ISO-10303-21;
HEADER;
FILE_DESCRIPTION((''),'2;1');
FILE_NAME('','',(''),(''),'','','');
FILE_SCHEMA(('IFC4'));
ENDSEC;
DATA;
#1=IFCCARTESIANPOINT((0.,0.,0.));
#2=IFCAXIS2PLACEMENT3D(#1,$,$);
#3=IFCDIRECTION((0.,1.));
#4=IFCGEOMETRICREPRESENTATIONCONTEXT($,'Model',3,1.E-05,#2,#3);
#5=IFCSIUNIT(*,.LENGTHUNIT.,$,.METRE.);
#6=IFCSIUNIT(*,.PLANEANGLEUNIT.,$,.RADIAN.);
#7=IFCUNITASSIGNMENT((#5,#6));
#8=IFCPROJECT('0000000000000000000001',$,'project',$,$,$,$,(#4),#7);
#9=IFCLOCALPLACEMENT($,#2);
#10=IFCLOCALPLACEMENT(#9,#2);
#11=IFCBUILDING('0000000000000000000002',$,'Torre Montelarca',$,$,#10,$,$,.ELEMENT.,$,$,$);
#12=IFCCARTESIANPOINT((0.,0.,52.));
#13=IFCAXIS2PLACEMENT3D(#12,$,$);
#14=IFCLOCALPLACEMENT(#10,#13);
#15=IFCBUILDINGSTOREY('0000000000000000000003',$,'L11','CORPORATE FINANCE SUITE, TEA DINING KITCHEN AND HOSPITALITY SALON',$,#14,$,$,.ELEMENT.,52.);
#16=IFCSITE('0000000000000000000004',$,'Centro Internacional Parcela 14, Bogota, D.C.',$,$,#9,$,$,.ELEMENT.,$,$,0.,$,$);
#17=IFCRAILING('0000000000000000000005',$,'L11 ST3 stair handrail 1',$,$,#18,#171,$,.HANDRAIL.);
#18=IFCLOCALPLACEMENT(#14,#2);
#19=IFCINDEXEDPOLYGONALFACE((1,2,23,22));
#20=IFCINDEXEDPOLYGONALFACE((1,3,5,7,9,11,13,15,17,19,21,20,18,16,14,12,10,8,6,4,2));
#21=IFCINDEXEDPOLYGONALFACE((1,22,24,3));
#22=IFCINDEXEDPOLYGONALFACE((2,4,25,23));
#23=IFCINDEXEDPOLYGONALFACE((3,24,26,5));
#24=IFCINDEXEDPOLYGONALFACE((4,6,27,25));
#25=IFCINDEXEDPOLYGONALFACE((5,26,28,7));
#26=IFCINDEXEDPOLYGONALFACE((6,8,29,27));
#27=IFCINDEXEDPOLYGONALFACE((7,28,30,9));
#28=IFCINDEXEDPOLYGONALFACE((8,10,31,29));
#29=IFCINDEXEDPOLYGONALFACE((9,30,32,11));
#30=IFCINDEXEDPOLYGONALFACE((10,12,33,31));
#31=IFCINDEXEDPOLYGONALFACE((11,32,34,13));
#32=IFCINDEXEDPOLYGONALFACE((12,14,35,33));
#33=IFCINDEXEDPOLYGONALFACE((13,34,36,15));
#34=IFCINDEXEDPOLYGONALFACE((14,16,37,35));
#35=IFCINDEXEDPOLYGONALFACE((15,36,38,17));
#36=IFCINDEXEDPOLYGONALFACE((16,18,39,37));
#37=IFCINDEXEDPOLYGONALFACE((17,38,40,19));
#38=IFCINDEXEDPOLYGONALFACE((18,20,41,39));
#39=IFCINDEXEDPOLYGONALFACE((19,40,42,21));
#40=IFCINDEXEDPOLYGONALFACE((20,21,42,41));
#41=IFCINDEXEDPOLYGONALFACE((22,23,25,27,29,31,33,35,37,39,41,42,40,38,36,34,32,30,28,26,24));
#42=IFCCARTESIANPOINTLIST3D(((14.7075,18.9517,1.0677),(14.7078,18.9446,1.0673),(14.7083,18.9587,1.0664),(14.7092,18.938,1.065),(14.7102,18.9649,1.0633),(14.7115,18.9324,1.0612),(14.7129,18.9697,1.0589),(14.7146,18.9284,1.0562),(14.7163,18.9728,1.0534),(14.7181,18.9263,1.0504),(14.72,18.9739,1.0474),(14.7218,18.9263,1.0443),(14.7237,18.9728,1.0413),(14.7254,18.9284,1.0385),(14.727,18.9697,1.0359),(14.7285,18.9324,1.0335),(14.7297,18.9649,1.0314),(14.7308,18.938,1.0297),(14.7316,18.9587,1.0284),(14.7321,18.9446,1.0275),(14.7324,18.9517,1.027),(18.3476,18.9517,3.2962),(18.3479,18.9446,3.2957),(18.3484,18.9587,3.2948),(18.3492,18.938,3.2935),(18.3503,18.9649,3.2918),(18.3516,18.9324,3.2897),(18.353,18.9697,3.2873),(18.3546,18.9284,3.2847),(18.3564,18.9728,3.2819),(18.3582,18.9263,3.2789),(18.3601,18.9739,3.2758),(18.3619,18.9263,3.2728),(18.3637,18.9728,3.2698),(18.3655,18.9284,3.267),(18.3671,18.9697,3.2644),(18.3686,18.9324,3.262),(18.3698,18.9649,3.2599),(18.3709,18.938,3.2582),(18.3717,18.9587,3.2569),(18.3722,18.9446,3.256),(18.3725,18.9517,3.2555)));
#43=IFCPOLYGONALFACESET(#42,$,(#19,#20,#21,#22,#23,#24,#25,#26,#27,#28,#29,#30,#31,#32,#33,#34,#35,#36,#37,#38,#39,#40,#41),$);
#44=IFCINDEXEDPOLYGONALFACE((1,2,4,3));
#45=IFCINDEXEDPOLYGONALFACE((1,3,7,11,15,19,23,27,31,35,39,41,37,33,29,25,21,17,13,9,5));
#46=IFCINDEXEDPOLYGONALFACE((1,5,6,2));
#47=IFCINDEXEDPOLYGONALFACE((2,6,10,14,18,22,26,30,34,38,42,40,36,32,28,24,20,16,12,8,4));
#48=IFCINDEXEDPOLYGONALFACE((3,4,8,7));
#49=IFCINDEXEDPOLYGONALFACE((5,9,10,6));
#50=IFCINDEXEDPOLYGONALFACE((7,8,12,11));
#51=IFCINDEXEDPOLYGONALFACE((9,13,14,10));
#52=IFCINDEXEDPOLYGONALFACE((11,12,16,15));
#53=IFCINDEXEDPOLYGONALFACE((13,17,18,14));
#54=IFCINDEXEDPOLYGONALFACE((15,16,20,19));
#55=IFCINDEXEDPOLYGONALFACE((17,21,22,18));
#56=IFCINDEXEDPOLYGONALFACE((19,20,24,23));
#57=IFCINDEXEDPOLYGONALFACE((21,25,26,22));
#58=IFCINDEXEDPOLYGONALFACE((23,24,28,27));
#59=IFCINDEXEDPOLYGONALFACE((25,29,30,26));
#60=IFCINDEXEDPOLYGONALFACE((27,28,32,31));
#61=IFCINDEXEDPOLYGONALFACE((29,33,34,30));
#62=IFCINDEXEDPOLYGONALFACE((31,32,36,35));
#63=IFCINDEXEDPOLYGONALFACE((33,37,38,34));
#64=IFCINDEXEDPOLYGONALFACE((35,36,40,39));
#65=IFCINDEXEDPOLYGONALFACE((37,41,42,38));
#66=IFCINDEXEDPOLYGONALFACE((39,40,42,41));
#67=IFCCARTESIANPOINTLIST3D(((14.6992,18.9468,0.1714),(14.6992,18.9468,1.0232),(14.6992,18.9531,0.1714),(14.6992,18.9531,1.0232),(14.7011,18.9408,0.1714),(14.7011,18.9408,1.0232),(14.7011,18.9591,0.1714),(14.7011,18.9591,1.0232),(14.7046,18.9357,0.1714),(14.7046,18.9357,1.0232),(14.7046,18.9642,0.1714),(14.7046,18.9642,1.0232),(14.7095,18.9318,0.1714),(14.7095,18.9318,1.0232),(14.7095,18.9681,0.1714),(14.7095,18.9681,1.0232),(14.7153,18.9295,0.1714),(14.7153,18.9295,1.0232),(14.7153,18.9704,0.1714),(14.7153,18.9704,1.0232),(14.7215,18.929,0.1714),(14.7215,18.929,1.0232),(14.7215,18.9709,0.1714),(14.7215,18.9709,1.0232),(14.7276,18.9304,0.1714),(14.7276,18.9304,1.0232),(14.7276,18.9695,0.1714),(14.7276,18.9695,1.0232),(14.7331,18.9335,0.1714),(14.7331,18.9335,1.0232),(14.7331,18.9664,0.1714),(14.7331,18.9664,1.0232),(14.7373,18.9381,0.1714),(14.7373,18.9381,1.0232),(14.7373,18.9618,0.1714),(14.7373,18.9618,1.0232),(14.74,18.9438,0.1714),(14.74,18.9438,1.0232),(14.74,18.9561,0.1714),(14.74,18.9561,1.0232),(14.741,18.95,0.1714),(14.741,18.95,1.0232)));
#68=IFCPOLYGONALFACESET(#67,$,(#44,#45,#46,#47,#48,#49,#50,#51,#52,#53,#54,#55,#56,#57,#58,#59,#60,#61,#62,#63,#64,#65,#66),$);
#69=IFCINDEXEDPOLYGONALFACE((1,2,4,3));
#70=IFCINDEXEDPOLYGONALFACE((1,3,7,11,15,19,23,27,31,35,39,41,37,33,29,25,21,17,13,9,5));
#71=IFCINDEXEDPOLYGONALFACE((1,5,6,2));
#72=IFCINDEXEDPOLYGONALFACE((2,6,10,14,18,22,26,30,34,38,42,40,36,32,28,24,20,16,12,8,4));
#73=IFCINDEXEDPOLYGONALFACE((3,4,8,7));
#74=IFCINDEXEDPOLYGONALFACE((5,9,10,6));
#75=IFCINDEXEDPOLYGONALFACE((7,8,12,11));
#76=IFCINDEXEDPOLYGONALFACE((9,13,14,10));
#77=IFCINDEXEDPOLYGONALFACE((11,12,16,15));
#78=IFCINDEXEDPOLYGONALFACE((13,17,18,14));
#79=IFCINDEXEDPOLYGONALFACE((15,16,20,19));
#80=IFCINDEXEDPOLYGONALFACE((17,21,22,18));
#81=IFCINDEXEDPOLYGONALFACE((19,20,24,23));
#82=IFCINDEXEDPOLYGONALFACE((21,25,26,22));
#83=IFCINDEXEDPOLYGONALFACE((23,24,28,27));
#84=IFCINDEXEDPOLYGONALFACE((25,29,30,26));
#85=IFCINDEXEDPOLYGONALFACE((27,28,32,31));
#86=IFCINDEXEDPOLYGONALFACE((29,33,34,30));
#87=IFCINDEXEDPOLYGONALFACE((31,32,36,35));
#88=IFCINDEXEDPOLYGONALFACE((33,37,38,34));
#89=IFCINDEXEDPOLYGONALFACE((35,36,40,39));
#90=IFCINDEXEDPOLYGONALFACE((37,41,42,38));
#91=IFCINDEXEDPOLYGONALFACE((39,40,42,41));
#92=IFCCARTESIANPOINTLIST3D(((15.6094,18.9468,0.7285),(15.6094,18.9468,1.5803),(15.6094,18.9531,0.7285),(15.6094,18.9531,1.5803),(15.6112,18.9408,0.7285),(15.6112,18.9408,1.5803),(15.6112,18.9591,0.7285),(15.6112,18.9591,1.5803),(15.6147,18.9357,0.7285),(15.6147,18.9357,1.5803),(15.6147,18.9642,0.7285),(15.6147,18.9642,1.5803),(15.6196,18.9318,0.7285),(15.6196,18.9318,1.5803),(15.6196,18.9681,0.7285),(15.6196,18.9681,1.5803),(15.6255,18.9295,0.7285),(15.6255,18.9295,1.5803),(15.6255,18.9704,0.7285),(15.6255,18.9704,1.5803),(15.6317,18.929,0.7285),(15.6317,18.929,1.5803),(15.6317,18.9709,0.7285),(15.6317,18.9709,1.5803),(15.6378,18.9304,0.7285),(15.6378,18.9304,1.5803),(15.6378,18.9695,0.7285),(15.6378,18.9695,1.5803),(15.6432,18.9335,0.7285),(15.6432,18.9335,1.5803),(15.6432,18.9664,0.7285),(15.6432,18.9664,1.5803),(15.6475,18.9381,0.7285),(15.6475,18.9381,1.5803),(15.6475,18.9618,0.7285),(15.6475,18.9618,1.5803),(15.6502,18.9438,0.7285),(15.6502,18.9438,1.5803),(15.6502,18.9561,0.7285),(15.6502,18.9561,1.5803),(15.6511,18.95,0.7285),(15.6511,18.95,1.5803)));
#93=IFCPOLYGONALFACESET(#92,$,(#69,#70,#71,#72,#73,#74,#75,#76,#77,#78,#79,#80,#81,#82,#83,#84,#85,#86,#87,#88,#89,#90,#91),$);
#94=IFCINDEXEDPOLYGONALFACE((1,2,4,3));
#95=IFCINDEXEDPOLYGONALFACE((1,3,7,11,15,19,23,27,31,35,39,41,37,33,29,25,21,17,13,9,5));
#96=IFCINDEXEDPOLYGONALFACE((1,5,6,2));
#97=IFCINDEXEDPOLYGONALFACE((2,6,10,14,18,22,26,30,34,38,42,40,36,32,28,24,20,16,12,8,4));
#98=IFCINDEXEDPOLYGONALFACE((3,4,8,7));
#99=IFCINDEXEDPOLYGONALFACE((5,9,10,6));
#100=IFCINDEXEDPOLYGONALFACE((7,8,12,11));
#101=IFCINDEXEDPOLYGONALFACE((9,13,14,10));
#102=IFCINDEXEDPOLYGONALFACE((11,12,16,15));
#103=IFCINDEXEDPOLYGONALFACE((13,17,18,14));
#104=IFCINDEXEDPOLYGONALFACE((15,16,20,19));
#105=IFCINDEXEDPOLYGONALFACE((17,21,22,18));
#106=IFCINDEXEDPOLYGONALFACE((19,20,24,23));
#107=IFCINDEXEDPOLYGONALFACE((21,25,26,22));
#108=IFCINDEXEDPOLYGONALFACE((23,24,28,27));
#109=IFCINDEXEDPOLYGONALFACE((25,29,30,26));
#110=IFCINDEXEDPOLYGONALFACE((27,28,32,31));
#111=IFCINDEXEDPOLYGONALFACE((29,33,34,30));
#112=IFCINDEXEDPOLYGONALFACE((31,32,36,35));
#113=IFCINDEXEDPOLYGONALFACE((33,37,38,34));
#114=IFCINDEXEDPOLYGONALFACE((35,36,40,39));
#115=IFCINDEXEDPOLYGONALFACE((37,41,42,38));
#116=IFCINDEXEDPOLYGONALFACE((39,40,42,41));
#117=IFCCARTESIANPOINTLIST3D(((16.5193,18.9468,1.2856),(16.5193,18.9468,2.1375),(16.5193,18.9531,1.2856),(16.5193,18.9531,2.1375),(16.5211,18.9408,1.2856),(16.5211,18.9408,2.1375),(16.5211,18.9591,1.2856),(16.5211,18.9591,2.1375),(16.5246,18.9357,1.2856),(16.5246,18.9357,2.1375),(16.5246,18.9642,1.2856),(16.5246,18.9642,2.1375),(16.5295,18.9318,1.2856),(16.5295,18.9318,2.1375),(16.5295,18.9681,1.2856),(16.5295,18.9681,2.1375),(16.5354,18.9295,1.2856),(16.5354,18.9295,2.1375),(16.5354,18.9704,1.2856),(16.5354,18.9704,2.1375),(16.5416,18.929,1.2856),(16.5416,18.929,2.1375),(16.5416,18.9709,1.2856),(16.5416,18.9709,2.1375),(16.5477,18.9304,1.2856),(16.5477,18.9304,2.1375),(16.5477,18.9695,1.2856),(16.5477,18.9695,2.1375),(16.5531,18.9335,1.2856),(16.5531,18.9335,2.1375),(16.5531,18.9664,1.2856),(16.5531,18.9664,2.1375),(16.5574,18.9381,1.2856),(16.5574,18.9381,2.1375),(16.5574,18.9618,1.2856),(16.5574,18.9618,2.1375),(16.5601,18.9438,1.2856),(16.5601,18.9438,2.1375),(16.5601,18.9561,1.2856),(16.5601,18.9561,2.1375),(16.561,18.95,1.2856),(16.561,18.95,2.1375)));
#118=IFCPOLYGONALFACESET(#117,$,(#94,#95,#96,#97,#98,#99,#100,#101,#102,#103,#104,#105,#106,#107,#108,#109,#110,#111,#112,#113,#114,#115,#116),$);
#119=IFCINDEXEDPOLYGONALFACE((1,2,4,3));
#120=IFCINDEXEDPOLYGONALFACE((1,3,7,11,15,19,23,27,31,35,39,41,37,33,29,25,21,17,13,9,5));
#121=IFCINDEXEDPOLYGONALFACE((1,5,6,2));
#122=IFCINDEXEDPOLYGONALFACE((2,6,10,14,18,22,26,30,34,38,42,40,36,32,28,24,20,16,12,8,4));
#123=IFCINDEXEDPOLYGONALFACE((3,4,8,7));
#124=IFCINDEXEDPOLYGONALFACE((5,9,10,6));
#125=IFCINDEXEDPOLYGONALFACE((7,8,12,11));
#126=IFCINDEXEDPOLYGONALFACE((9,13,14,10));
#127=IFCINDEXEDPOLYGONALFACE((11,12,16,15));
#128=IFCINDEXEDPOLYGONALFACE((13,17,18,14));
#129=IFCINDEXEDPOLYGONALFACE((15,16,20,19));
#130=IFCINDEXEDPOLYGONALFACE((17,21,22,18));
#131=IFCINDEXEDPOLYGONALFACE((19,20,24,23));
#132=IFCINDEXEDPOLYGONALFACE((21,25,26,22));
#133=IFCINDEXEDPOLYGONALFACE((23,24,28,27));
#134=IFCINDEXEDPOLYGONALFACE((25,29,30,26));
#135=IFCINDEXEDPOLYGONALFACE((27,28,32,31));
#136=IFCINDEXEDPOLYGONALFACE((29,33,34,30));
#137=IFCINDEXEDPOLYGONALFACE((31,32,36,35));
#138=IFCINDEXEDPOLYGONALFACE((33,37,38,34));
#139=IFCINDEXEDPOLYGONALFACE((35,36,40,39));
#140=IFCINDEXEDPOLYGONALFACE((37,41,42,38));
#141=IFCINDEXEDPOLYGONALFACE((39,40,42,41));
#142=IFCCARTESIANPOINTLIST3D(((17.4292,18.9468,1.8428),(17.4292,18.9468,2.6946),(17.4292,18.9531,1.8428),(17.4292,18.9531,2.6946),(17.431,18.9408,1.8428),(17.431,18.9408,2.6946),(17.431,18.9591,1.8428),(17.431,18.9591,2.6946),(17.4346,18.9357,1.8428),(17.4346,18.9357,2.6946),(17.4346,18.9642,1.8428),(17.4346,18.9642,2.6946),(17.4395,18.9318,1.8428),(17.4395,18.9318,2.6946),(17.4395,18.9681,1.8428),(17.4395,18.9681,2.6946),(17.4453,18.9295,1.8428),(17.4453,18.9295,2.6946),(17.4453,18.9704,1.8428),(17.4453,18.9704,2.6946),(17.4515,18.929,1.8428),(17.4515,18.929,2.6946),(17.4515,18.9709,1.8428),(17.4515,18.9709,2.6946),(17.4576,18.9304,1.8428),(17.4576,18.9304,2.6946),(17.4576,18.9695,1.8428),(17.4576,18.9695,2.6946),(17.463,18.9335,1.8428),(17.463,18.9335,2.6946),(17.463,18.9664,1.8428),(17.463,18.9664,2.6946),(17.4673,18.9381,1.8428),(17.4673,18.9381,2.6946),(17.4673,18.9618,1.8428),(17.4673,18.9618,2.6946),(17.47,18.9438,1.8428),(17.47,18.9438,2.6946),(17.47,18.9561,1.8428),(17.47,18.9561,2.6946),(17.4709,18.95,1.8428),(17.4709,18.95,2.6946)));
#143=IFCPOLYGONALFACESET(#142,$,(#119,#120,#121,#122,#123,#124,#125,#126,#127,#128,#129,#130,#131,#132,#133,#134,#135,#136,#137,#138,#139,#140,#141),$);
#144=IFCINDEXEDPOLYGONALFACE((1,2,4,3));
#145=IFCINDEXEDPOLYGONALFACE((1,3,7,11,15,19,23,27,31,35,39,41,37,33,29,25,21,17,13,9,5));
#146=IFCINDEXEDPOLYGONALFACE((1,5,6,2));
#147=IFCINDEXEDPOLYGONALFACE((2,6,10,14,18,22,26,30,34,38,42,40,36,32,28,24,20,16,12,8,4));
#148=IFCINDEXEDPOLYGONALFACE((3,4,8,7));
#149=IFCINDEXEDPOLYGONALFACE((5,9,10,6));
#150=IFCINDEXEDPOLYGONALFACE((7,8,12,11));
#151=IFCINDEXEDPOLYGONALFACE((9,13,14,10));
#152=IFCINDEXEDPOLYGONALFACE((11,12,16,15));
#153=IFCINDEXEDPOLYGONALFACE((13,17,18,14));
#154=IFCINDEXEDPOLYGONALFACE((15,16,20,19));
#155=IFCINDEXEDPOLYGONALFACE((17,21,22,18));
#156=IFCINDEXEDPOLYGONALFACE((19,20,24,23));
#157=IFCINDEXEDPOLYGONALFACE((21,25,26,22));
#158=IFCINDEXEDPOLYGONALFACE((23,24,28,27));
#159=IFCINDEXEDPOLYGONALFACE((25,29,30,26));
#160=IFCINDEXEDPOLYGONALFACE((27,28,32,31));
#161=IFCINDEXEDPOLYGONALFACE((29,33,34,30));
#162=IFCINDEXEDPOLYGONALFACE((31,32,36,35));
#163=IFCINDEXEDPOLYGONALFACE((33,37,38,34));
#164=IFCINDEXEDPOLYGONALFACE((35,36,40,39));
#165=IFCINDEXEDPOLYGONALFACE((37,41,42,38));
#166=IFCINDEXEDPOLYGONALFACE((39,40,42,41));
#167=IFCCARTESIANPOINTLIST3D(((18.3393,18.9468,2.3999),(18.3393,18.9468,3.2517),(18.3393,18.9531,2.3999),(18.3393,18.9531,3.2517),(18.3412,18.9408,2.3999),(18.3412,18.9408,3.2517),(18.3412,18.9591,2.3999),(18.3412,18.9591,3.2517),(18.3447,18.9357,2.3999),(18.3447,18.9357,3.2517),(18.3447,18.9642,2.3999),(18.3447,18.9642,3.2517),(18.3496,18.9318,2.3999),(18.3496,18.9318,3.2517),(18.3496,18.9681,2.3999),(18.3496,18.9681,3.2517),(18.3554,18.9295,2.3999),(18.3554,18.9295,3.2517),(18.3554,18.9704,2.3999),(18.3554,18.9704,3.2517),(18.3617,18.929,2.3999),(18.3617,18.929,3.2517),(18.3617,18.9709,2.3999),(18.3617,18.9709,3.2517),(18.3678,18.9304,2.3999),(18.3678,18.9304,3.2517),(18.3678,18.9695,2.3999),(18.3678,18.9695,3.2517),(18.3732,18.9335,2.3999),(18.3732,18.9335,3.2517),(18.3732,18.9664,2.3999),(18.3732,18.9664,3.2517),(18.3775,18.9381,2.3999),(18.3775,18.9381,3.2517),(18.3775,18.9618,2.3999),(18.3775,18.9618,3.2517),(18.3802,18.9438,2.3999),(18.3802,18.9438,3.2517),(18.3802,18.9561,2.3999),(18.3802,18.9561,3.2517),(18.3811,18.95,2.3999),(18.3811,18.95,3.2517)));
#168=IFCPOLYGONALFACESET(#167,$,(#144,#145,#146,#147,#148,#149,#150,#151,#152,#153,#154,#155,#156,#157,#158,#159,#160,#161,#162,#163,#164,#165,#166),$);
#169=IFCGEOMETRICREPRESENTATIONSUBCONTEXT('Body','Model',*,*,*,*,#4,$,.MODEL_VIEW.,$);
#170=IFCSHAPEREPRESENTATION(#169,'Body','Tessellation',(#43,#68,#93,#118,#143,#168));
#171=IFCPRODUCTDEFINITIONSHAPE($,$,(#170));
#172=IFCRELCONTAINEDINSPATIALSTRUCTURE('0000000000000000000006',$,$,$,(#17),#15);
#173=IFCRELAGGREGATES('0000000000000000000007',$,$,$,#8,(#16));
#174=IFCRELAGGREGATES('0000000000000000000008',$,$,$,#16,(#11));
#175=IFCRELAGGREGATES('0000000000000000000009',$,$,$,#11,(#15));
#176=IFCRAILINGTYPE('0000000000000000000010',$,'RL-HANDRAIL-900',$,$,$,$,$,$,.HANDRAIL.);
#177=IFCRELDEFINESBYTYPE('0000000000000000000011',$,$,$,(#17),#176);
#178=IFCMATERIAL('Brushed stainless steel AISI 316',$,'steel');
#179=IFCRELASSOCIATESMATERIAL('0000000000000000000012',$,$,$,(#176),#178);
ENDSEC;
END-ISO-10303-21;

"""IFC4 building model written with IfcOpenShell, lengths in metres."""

from ifc_helpers import new_model, si_unit, direction, frame, origin, origin_2d, place, context, subcontext, project, spatial, circle, extrude, material, type_object, element, save


model = new_model("IFC4")

# Units and contexts
model_context = context("Model", 3, precision=1e-05, world=origin(), true_north=direction((0.0, 1.0)))
body_context = subcontext(model_context, "Body", "Model", "MODEL_VIEW")
ifc_project = project(units=[si_unit("LENGTHUNIT", "METRE"), si_unit("PLANEANGLEUNIT", "RADIAN")], contexts=[model_context])

# Site, building, storey
site_placement = place(None, origin())
site = spatial("IfcSite", under=ifc_project, at=site_placement, Name="Centro Internacional Parcela 14, Bogota, D.C.", CompositionType="ELEMENT", RefElevation=0.0)
building_placement = place(site_placement, origin())
building = spatial("IfcBuilding", under=site, at=building_placement, Name="Torre Montelarca", CompositionType="ELEMENT")
storey_placement = place(building_placement, frame((0.0, 0.0, 52.0)))
storey = spatial("IfcBuildingStorey", under=building, at=storey_placement, Name="L11", Description="CORPORATE FINANCE SUITE, TEA DINING KITCHEN AND HOSPITALITY SALON", CompositionType="ELEMENT", Elevation=52.0)

# Railing
ifc_material_1 = material(Name="Brushed stainless steel AISI 316", Category="steel")
railing_type_1 = type_object("IfcRailingType", Name="RL-HANDRAIL-900", PredefinedType="HANDRAIL", material=ifc_material_1)
railing_1_placement = place(storey_placement, frame((14.72, 18.95, 0.1714)))
element("IfcRailing", 1, at=railing_1_placement, inside=storey, type_object=railing_type_1, Name="L11 ST3 stair handrail 1", PredefinedType="HANDRAIL", context=body_context, shape_type="SweptSolid", body=[
    extrude(circle(Radius=0.0239, at=origin_2d()), frame((0.0, 0.0, 0.876), z_axis=(0.852866, 0.0, 0.52213), x_axis=(0.0, 1.0, 0.0)), (0.0, 0.0, 1.0), 4.2681),
    extrude(circle(Radius=0.021, at=origin_2d()), origin(), (0.0, 0.0, 1.0), 0.8518),
    extrude(circle(Radius=0.021, at=origin_2d()), frame((0.9102, 0.0, 0.5571)), (0.0, 0.0, 1.0), 0.8518),
    extrude(circle(Radius=0.021, at=origin_2d()), frame((1.8201, 0.0, 1.1143)), (0.0, 0.0, 1.0), 0.8518),
    extrude(circle(Radius=0.021, at=origin_2d()), frame((2.73, 0.0, 1.6714)), (0.0, 0.0, 1.0), 0.8518),
    extrude(circle(Radius=0.021, at=origin_2d()), frame((3.6401, 0.0, 2.2285)), (0.0, 0.0, 1.0), 0.8518),
])

save(model, "model.ifc")
